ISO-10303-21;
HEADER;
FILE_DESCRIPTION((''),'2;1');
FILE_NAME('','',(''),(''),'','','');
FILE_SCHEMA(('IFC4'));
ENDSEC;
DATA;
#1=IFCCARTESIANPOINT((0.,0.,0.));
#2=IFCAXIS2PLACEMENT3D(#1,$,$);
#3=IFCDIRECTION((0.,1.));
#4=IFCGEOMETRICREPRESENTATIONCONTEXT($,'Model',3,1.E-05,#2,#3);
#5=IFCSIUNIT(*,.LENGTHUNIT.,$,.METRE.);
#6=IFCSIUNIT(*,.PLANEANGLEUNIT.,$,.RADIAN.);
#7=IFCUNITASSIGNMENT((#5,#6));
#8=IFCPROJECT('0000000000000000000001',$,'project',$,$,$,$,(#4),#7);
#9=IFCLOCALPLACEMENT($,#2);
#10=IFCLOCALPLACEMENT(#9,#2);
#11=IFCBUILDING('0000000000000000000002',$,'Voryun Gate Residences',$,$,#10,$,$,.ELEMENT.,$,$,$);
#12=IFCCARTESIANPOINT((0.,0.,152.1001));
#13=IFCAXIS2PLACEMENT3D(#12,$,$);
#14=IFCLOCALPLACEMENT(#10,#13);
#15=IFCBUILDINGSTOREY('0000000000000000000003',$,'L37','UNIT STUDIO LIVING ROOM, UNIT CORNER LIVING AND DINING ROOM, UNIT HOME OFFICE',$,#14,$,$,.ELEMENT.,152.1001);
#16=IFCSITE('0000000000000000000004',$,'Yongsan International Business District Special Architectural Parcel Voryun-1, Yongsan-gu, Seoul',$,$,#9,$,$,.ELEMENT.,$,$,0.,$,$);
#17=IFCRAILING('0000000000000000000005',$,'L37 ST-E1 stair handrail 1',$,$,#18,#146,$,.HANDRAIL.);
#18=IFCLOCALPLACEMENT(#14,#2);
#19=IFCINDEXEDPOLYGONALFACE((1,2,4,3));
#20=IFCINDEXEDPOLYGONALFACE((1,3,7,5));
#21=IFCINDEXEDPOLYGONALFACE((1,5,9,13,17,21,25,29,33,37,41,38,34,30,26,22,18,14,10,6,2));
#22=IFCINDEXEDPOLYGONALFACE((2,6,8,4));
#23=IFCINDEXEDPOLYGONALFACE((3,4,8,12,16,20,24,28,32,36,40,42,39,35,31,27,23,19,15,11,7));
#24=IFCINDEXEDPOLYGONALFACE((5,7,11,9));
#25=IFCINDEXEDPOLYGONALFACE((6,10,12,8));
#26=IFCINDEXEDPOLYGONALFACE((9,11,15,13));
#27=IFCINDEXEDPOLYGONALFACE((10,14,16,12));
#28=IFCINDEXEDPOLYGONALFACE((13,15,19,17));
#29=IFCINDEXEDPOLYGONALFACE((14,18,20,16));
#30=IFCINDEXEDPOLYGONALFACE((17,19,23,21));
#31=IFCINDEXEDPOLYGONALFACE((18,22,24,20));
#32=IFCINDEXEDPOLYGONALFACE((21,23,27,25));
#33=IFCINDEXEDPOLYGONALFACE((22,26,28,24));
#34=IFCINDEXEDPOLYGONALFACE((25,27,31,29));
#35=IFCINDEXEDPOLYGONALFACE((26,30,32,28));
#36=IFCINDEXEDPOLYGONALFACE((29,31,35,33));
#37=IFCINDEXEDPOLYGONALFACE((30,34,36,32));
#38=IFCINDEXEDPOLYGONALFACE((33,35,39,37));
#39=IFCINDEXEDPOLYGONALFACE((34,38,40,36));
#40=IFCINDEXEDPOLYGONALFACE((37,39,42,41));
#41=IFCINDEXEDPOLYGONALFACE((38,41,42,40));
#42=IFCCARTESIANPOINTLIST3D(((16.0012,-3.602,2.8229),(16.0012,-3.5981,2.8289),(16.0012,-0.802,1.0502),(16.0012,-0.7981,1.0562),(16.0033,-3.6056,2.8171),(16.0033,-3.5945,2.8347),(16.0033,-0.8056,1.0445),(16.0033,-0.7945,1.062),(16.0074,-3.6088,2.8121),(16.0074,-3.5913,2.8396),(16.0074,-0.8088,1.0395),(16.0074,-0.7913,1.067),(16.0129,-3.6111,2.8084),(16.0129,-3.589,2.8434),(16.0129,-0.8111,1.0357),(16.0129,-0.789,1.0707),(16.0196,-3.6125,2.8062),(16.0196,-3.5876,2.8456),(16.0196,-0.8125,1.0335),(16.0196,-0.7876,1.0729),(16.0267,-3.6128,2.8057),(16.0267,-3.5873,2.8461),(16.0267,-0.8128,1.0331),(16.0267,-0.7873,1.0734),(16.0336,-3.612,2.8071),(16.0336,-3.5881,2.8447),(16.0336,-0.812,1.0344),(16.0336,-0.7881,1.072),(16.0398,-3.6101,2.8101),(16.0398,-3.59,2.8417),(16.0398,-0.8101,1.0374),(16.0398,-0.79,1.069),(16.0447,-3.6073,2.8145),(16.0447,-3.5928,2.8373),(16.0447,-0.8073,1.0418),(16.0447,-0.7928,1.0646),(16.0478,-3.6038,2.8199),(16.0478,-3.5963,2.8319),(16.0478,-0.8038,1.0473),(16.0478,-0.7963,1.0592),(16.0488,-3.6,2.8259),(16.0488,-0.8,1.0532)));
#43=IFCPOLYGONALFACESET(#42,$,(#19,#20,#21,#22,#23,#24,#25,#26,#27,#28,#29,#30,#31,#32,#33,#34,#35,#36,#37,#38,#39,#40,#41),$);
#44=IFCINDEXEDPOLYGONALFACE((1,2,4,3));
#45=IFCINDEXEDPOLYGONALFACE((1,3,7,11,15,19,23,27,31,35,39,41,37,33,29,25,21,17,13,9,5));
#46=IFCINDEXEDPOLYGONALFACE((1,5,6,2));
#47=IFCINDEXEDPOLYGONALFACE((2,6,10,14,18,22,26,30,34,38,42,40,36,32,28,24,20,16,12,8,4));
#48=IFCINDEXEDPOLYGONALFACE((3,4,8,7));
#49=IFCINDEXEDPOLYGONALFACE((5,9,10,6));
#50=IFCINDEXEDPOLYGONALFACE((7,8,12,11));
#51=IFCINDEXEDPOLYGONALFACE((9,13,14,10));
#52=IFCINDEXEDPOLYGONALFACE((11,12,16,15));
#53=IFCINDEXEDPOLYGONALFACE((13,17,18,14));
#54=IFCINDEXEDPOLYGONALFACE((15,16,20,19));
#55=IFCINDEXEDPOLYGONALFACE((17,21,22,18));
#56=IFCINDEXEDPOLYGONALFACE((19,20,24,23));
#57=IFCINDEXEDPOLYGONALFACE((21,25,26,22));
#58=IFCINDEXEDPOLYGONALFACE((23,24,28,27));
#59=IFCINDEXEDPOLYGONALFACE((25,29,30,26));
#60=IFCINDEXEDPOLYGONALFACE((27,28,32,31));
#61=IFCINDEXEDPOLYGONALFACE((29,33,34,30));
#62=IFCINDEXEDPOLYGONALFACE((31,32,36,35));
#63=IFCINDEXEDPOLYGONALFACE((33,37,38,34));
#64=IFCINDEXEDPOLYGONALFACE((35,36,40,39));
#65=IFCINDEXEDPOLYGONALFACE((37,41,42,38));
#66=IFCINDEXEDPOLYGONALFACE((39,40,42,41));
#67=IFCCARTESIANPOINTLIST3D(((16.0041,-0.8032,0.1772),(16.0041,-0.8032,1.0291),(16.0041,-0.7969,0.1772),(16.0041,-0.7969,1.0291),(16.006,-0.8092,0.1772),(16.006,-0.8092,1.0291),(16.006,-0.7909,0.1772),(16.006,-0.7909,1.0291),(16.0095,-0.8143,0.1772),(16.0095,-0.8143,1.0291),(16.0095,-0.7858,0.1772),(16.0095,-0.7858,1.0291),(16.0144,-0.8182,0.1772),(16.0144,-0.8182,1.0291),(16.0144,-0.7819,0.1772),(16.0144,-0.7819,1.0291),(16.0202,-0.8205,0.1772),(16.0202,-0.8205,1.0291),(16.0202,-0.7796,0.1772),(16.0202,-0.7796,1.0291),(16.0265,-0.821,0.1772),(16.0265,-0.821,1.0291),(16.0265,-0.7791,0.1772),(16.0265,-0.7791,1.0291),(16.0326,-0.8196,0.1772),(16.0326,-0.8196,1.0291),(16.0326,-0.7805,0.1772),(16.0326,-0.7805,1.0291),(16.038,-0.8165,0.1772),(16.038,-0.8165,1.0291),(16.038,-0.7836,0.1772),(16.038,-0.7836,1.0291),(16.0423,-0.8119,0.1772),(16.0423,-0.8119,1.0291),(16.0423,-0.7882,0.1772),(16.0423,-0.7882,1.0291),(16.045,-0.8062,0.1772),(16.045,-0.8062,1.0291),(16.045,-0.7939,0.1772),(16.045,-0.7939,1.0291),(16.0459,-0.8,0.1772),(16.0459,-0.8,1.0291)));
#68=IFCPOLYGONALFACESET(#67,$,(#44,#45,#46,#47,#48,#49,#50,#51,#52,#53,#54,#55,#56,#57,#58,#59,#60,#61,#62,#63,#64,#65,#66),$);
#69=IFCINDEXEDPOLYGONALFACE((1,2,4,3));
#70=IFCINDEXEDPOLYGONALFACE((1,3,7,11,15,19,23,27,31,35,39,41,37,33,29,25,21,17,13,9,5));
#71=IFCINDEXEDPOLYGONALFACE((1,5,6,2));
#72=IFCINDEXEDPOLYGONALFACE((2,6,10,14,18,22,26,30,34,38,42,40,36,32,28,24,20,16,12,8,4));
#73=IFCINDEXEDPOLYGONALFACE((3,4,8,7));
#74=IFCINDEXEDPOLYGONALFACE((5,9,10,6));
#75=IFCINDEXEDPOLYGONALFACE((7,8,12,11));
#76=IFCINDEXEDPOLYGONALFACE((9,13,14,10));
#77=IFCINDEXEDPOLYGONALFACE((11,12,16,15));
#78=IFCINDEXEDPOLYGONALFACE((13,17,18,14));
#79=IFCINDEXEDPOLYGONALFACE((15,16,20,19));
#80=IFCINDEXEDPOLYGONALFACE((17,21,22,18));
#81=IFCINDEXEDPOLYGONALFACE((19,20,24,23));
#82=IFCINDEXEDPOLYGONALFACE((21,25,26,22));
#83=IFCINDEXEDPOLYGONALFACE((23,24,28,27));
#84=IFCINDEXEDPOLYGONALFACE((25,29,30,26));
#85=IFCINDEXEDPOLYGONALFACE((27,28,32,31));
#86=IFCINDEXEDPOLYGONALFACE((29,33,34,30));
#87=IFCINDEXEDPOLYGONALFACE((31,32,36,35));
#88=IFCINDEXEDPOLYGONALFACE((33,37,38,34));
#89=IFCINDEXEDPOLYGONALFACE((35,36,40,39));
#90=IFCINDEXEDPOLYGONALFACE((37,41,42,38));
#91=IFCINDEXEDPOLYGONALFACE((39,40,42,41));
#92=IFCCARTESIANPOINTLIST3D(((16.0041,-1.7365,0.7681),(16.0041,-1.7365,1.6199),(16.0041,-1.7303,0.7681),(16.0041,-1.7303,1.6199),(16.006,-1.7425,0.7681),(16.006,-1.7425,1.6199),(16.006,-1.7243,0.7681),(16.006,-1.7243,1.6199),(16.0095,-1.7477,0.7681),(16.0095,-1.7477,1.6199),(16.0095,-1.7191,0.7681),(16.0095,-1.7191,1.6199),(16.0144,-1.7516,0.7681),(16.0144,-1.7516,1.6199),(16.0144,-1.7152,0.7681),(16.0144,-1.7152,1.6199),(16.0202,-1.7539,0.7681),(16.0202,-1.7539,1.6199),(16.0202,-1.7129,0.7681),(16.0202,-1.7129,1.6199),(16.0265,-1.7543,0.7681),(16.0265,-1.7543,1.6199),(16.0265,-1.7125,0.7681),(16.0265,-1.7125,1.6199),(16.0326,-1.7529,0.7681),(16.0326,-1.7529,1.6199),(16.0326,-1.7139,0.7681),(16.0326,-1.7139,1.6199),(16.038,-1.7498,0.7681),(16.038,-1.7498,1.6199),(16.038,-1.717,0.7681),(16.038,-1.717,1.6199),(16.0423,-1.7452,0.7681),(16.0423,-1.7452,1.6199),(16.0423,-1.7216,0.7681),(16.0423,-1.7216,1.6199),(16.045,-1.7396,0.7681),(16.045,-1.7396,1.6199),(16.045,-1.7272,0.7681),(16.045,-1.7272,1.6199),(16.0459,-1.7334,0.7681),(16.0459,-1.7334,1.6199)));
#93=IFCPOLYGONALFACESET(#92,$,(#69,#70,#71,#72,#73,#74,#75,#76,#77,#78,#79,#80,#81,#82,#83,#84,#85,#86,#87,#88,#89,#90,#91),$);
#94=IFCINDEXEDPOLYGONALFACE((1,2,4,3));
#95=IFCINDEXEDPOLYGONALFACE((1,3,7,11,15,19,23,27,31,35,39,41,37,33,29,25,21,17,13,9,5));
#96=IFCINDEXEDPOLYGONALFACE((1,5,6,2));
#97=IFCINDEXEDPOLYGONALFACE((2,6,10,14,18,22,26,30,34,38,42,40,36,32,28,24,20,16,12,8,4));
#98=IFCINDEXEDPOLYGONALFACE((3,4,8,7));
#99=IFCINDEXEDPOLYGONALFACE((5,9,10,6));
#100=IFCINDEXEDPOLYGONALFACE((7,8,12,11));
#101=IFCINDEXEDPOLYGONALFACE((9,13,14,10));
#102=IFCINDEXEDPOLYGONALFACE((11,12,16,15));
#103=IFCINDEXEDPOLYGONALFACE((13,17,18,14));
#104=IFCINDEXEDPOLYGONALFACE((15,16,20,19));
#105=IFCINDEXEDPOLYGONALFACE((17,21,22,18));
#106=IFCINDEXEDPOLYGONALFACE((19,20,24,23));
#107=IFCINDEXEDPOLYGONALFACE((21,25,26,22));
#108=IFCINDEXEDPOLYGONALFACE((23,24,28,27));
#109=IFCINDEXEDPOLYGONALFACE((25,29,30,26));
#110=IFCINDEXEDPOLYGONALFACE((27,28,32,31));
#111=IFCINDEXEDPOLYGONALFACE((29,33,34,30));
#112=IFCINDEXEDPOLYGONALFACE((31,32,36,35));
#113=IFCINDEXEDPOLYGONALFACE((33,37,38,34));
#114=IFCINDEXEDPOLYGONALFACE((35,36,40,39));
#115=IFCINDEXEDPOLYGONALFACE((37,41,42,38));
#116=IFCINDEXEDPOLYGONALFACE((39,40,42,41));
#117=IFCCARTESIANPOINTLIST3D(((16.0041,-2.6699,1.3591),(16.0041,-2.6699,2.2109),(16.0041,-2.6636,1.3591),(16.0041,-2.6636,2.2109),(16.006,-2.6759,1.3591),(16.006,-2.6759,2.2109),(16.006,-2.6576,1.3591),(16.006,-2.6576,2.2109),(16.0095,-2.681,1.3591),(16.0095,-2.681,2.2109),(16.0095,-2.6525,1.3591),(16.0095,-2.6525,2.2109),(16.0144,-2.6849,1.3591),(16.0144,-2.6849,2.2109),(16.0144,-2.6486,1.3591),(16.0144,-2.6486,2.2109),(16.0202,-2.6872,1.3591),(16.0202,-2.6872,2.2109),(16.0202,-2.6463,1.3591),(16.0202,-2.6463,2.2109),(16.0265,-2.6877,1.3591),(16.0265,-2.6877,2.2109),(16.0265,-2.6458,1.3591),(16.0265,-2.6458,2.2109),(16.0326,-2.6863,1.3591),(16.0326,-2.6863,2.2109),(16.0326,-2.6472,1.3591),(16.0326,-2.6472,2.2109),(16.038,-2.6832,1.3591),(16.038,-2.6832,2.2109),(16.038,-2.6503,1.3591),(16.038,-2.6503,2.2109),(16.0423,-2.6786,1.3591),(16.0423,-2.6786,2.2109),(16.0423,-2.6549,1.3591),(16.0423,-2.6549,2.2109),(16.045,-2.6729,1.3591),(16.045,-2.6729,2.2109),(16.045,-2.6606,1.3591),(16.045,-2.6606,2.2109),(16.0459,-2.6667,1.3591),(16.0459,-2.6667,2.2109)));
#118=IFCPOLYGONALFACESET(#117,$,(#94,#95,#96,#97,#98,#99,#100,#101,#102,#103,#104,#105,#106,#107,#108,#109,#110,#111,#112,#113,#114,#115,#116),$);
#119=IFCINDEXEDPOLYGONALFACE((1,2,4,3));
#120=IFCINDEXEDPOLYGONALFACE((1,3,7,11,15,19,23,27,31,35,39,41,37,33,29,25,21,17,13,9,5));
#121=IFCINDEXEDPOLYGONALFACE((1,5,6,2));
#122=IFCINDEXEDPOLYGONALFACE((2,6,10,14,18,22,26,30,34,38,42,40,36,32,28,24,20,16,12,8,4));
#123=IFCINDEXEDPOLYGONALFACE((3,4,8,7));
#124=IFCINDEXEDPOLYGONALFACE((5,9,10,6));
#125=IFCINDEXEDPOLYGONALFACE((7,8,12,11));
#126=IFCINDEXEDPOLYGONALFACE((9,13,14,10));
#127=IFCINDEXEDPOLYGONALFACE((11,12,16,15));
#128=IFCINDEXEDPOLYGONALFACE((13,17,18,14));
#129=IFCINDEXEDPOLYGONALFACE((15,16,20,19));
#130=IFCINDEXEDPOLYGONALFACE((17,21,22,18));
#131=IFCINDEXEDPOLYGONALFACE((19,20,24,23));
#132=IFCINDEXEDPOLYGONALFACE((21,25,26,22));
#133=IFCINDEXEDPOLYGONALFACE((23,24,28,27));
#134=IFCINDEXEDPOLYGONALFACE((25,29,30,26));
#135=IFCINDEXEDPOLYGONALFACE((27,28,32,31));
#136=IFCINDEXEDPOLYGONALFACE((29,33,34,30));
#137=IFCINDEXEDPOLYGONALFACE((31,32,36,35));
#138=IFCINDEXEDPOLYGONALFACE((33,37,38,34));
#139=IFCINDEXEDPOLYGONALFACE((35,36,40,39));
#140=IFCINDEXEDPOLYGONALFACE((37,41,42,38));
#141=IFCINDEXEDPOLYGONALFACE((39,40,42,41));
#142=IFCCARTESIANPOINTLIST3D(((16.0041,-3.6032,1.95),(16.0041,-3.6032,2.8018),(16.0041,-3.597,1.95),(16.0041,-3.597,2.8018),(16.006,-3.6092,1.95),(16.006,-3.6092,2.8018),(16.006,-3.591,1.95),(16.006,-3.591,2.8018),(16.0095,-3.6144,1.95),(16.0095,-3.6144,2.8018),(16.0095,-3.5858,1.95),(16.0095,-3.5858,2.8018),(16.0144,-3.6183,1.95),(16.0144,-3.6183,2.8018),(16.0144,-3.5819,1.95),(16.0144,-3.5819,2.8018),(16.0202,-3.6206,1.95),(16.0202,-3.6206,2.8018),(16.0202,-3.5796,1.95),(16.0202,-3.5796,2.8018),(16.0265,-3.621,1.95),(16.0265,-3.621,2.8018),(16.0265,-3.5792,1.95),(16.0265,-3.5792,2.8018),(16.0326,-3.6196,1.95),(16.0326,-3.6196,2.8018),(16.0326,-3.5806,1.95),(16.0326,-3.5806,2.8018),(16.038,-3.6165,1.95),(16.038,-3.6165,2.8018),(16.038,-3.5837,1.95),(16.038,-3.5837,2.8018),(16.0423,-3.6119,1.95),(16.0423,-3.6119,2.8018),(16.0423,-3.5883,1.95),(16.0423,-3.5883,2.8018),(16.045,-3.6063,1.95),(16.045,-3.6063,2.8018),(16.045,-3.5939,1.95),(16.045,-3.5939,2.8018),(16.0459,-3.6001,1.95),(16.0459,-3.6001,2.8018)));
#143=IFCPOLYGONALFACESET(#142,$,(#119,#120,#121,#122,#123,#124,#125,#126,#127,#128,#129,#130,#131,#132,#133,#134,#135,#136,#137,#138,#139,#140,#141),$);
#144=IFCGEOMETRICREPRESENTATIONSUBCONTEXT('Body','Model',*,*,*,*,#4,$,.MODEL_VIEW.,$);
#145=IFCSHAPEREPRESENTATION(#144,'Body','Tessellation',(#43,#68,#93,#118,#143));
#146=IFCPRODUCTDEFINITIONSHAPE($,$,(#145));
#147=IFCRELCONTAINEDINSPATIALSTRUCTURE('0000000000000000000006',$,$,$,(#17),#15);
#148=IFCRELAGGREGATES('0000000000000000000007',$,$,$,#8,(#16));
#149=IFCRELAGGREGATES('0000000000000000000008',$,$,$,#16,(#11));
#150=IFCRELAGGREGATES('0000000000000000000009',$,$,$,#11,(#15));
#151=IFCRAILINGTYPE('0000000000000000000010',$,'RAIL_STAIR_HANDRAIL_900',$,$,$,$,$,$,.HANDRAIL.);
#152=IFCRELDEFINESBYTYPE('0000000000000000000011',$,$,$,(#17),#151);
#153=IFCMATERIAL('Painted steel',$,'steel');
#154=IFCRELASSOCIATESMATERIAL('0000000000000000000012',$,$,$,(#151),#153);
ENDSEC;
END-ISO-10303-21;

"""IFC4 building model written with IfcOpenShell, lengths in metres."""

from ifc_helpers import new_model, si_unit, direction, frame, origin, origin_2d, place, context, subcontext, project, spatial, circle, extrude, material, type_object, element, save


model = new_model("IFC4")

# Units and contexts
model_context = context("Model", 3, precision=1e-05, world=origin(), true_north=direction((0.0, 1.0)))
body_context = subcontext(model_context, "Body", "Model", "MODEL_VIEW")
ifc_project = project(units=[si_unit("LENGTHUNIT", "METRE"), si_unit("PLANEANGLEUNIT", "RADIAN")], contexts=[model_context])

# Site, building, storey
site_placement = place(None, origin())
site = spatial("IfcSite", under=ifc_project, at=site_placement, Name="Yongsan International Business District Special Architectural Parcel Voryun-1, Yongsan-gu, Seoul", CompositionType="ELEMENT", RefElevation=0.0)
building_placement = place(site_placement, origin())
building = spatial("IfcBuilding", under=site, at=building_placement, Name="Voryun Gate Residences", CompositionType="ELEMENT")
storey_placement = place(building_placement, frame((0.0, 0.0, 152.1001)))
storey = spatial("IfcBuildingStorey", under=building, at=storey_placement, Name="L37", Description="UNIT STUDIO LIVING ROOM, UNIT CORNER LIVING AND DINING ROOM, UNIT HOME OFFICE", CompositionType="ELEMENT", Elevation=152.1001)

# Railing
ifc_material_1 = material(Name="Painted steel", Category="steel")
railing_type_1 = type_object("IfcRailingType", Name="RAIL_STAIR_HANDRAIL_900", PredefinedType="HANDRAIL", material=ifc_material_1)
railing_1_placement = place(storey_placement, frame((16.0249, -0.8, 0.1772)))
element("IfcRailing", 1, at=railing_1_placement, inside=storey, type_object=railing_type_1, Name="L37 ST-E1 stair handrail 1", PredefinedType="HANDRAIL", context=body_context, shape_type="SweptSolid", body=[
    extrude(circle(Radius=0.0239, at=origin_2d()), frame((0.0, 0.0, 0.876), z_axis=(0.0, -0.844909, 0.53491), x_axis=(1.0, 0.0, 0.0)), (0.0, 0.0, 1.0), 3.314),
    extrude(circle(Radius=0.021, at=origin_2d()), origin(), (0.0, 0.0, 1.0), 0.8518),
    extrude(circle(Radius=0.021, at=origin_2d()), frame((0.0, -0.9333, 0.5908)), (0.0, 0.0, 1.0), 0.8518),
    extrude(circle(Radius=0.021, at=origin_2d()), frame((0.0, -1.8667, 1.1819)), (0.0, 0.0, 1.0), 0.8518),
    extrude(circle(Radius=0.021, at=origin_2d()), frame((0.0, -2.8, 1.7727)), (0.0, 0.0, 1.0), 0.8518),
])

save(model, "model.ifc")
